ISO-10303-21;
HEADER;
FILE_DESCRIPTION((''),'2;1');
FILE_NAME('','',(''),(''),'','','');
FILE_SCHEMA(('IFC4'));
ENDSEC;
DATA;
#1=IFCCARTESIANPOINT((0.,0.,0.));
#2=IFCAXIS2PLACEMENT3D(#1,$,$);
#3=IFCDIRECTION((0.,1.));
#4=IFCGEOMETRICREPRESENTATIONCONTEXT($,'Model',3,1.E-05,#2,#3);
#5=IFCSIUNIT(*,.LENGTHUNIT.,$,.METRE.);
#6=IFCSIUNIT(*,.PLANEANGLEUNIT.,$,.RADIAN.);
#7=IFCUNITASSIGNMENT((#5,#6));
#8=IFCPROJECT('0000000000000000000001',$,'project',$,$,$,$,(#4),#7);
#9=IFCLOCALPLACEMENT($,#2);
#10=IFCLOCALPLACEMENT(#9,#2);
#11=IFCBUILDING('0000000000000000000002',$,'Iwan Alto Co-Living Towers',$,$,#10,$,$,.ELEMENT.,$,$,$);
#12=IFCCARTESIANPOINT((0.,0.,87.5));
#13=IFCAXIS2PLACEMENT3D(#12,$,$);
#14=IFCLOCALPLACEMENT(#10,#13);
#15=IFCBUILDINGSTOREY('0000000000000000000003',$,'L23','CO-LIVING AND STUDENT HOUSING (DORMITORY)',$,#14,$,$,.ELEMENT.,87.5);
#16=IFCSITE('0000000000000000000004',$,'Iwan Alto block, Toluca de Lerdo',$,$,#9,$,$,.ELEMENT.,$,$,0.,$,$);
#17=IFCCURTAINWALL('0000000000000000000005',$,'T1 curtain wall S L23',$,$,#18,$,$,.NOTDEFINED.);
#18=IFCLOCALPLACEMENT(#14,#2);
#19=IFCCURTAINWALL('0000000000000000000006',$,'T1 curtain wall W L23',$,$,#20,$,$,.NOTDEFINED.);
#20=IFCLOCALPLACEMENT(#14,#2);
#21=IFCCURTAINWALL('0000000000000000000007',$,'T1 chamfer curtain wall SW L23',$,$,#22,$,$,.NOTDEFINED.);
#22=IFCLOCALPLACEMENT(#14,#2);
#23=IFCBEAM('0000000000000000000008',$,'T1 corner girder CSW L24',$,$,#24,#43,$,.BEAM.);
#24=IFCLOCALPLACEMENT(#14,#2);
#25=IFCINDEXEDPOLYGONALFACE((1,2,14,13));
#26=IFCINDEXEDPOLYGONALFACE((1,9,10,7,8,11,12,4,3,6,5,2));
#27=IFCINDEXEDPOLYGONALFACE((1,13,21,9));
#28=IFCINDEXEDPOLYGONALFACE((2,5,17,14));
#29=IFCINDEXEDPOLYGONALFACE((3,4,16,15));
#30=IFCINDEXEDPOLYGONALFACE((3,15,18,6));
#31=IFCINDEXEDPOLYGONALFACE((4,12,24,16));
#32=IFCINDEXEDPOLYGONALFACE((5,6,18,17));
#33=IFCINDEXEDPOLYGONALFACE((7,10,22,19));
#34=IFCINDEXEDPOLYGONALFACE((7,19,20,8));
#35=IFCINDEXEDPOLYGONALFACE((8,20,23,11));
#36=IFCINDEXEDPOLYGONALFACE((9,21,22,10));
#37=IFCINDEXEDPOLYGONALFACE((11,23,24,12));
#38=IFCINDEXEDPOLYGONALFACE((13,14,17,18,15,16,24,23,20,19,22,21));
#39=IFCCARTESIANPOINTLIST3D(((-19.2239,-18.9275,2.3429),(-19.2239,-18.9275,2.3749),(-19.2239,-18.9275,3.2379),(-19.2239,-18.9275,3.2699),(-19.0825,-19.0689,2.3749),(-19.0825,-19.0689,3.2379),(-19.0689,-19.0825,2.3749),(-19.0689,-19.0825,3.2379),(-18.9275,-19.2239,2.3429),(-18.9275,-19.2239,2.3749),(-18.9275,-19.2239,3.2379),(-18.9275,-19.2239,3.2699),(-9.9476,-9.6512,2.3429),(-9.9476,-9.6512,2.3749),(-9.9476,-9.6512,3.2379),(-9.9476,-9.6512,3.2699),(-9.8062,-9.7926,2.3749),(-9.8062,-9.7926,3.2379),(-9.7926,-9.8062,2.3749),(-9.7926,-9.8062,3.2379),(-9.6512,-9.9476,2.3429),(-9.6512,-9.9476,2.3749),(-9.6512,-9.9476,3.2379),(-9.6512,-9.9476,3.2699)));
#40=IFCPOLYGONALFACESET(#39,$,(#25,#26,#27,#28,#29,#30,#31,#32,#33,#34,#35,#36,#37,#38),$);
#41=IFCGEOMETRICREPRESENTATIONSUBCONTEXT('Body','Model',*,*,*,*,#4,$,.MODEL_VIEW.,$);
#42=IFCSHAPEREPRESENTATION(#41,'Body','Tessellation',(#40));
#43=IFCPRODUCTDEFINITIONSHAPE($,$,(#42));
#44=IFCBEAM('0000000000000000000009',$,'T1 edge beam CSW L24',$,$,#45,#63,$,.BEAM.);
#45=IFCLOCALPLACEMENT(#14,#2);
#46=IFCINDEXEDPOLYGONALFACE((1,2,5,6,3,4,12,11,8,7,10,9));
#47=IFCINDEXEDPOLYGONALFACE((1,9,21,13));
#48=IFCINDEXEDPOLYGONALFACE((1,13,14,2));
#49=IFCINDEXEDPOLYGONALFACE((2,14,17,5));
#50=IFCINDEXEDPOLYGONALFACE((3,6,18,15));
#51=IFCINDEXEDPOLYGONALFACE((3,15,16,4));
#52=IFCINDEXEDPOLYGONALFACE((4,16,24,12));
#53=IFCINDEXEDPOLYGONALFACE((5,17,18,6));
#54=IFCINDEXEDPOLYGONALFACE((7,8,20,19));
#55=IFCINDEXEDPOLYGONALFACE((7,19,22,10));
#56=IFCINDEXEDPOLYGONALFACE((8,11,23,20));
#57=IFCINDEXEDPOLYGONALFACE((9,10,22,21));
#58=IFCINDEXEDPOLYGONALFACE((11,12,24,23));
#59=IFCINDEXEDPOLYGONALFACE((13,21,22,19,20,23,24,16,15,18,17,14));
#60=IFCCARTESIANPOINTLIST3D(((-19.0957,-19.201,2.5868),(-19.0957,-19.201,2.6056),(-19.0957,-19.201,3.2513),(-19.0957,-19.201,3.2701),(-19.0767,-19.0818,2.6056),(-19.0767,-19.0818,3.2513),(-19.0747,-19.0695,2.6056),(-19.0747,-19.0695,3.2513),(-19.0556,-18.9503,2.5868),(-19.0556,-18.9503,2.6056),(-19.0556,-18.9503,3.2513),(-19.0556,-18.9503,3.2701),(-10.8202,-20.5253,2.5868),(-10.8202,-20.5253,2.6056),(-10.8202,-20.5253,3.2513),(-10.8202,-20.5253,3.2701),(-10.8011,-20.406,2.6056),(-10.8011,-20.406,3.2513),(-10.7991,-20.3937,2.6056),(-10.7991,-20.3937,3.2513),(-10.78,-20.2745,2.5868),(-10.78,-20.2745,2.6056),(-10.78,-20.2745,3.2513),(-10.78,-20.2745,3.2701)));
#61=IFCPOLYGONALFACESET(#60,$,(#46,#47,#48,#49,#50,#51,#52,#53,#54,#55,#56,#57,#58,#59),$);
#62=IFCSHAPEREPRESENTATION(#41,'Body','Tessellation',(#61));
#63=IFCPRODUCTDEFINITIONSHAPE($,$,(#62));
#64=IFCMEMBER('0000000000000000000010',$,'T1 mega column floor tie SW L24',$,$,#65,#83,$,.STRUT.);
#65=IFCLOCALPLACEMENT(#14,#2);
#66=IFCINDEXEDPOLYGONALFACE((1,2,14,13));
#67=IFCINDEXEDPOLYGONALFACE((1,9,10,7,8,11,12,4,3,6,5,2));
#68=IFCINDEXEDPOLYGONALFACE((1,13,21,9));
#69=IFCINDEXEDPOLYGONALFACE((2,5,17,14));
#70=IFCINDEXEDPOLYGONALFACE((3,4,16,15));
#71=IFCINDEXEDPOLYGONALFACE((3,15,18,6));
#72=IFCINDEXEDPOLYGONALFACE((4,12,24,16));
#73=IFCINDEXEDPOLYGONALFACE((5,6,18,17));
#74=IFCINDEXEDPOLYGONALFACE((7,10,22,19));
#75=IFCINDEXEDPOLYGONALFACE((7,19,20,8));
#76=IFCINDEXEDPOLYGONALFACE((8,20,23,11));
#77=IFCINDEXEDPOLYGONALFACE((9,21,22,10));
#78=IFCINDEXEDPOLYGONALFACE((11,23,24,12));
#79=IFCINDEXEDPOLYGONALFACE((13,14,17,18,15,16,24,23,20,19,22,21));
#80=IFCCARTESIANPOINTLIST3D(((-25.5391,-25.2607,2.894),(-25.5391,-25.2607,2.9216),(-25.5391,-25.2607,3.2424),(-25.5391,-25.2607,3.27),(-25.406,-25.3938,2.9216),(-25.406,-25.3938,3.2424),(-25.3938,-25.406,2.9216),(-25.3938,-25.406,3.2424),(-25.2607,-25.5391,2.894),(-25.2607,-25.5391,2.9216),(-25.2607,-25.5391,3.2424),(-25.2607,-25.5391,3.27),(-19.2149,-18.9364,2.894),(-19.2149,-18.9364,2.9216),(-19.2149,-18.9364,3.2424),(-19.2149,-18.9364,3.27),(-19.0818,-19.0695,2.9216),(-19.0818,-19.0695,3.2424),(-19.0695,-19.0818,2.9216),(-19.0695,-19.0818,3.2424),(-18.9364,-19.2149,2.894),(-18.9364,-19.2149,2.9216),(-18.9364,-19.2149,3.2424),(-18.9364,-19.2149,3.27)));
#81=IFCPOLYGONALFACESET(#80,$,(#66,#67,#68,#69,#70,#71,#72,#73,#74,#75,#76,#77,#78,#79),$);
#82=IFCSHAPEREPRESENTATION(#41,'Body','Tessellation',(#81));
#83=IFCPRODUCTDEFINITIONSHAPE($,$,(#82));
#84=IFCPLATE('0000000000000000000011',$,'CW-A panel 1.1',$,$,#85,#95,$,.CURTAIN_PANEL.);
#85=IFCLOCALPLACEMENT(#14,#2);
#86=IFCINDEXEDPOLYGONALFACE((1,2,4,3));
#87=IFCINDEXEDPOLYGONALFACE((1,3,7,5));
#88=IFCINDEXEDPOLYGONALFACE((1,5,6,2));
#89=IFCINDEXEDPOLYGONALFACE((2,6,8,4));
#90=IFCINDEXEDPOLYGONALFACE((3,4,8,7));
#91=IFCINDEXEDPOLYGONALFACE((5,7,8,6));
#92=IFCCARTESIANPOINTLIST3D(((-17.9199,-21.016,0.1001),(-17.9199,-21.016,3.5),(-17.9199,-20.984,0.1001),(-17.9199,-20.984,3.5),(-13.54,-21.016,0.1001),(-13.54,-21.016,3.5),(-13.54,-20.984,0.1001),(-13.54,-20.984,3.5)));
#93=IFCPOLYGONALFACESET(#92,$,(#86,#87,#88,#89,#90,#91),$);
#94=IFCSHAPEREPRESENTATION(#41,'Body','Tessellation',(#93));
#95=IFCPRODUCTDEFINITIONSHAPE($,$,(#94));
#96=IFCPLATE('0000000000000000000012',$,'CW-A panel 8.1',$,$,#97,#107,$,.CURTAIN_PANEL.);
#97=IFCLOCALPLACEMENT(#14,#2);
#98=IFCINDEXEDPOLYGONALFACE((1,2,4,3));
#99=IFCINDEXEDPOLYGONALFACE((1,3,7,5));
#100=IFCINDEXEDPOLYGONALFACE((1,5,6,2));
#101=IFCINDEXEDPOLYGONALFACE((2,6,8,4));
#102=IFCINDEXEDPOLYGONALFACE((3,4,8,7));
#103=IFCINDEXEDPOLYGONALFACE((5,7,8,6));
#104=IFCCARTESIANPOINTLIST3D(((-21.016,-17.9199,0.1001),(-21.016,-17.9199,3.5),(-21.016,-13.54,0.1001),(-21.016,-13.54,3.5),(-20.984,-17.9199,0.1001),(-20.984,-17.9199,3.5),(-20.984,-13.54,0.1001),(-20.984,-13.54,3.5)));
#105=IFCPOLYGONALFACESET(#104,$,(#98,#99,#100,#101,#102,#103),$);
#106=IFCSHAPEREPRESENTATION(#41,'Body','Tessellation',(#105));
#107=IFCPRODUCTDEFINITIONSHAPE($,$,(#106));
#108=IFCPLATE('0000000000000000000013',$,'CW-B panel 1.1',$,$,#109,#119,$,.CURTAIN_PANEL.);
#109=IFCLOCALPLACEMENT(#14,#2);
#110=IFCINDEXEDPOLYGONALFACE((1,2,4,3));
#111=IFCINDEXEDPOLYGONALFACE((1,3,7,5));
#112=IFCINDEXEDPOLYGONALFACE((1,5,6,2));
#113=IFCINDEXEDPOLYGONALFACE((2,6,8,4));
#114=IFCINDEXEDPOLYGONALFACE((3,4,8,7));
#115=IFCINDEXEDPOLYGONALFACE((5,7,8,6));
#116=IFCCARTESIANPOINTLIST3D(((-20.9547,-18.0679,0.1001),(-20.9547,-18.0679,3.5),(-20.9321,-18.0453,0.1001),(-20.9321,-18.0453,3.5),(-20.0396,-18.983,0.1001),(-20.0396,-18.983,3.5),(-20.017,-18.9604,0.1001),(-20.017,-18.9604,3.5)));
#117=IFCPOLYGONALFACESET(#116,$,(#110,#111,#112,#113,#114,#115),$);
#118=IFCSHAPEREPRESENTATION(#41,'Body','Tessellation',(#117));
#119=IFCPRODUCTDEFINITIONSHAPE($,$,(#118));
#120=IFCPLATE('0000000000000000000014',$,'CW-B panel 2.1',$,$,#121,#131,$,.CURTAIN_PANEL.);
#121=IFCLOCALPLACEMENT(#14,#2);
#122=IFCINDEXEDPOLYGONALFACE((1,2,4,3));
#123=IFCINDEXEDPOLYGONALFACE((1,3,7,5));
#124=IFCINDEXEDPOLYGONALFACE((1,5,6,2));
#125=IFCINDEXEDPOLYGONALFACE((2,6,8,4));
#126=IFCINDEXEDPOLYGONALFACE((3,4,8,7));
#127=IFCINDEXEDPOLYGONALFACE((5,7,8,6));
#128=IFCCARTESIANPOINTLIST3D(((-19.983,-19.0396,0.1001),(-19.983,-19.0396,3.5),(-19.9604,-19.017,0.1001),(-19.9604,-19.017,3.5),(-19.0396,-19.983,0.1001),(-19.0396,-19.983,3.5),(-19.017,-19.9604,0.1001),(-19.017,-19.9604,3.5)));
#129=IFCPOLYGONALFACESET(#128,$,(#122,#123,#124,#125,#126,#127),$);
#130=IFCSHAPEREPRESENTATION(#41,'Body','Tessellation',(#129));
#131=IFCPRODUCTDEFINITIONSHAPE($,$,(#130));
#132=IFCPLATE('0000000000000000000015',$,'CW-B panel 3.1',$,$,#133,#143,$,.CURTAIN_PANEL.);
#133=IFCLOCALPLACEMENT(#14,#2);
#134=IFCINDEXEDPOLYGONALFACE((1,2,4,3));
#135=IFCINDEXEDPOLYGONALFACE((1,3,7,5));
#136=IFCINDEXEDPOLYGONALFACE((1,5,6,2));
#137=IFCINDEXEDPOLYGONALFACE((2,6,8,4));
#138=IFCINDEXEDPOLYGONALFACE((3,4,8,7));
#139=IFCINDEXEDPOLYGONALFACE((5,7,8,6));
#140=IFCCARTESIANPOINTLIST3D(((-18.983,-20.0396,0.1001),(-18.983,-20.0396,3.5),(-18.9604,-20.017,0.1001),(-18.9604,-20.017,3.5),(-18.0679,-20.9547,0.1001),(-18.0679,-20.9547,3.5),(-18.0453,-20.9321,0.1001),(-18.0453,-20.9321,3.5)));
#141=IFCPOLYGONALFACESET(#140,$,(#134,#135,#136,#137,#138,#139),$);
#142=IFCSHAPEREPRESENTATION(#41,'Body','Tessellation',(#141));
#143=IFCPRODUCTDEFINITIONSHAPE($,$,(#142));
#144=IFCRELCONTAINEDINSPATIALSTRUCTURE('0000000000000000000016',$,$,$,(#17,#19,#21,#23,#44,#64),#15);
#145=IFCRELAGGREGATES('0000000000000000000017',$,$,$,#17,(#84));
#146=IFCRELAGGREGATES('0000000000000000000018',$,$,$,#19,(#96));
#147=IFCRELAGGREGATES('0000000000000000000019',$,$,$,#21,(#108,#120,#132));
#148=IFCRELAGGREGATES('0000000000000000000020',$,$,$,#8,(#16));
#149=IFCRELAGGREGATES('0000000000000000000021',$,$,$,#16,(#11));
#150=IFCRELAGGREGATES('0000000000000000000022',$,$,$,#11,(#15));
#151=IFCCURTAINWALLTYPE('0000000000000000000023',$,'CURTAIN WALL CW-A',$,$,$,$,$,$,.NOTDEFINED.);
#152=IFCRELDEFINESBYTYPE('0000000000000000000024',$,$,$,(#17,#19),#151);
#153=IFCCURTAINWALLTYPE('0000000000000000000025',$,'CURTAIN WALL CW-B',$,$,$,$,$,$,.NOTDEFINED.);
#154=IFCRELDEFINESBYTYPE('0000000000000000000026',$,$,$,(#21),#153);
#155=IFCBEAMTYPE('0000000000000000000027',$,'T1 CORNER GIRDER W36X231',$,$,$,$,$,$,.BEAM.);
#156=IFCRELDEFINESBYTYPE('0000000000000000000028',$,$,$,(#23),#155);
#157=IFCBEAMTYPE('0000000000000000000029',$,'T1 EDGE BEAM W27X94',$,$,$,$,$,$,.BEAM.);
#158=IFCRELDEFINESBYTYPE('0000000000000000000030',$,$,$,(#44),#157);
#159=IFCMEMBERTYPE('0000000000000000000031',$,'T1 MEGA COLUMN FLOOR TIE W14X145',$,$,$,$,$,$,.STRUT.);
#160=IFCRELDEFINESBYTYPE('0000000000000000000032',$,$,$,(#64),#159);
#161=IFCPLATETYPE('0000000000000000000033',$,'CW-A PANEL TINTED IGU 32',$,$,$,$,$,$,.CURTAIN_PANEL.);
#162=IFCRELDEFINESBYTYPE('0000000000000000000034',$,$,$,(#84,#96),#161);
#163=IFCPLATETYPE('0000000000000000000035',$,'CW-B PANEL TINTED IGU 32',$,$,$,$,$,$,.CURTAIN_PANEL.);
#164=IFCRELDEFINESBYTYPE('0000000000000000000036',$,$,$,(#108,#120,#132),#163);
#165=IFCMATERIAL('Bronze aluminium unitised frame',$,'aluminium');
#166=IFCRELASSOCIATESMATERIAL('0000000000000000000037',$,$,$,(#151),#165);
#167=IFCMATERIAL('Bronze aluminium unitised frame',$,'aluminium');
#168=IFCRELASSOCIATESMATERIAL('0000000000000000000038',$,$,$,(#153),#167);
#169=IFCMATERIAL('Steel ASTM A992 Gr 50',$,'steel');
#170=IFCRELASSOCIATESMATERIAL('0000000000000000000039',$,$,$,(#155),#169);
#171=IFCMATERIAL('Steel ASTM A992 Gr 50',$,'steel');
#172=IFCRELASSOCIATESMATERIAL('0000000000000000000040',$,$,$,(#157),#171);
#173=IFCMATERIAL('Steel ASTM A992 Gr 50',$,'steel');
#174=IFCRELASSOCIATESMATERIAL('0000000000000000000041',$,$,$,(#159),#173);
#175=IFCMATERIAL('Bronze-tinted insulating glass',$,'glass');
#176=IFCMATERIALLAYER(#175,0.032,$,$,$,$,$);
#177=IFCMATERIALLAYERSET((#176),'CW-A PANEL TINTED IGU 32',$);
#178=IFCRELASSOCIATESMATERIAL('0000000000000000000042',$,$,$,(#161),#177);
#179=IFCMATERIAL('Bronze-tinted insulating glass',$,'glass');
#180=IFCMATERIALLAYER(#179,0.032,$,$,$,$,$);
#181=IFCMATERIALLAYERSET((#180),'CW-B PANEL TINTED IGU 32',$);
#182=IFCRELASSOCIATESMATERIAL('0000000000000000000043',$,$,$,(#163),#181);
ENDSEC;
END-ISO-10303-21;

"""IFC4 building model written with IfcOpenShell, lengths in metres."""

from ifc_helpers import new_model, si_unit, direction, frame, origin, origin_2d, place, context, subcontext, project, spatial, rectangle, i_section, extrude, material, layer, layer_set, material_profile, profile_set, type_object, element, aggregate, save


model = new_model("IFC4")

# Units and contexts
model_context = context("Model", 3, precision=1e-05, world=origin(), true_north=direction((0.0, 1.0)))
body_context = subcontext(model_context, "Body", "Model", "MODEL_VIEW")
ifc_project = project(units=[si_unit("LENGTHUNIT", "METRE"), si_unit("PLANEANGLEUNIT", "RADIAN")], contexts=[model_context])

# Site, building, storey
site_placement = place(None, origin())
site = spatial("IfcSite", under=ifc_project, at=site_placement, Name="Iwan Alto block, Toluca de Lerdo", CompositionType="ELEMENT", RefElevation=0.0)
building_placement = place(site_placement, origin())
building = spatial("IfcBuilding", under=site, at=building_placement, Name="Iwan Alto Co-Living Towers", CompositionType="ELEMENT")
storey_placement = place(building_placement, frame((0.0, 0.0, 87.5)))
storey = spatial("IfcBuildingStorey", under=building, at=storey_placement, Name="L23", Description="CO-LIVING AND STUDENT HOUSING (DORMITORY)", CompositionType="ELEMENT", Elevation=87.5)

# Curtain walls
ifc_material_1 = material(Name="Bronze aluminium unitised frame", Category="aluminium")
curtain_wall_type_1 = type_object("IfcCurtainWallType", Name="CURTAIN WALL CW-A", PredefinedType="NOTDEFINED", material=ifc_material_1)
curtain_wall_1_placement = place(storey_placement, origin())
curtain_wall_1 = element("IfcCurtainWall", 1, at=curtain_wall_1_placement, inside=storey, type_object=curtain_wall_type_1, Name="T1 curtain wall S L23", PredefinedType="NOTDEFINED")
curtain_wall_2_placement = place(storey_placement, origin())
curtain_wall_2 = element("IfcCurtainWall", 2, at=curtain_wall_2_placement, inside=storey, type_object=curtain_wall_type_1, Name="T1 curtain wall W L23", PredefinedType="NOTDEFINED")

# Curtain wall
ifc_material_2 = material(Name="Bronze aluminium unitised frame", Category="aluminium")
curtain_wall_type_2 = type_object("IfcCurtainWallType", Name="CURTAIN WALL CW-B", PredefinedType="NOTDEFINED", material=ifc_material_2)
curtain_wall_3_placement = place(storey_placement, origin())
curtain_wall_3 = element("IfcCurtainWall", 3, at=curtain_wall_3_placement, inside=storey, type_object=curtain_wall_type_2, Name="T1 chamfer curtain wall SW L23", PredefinedType="NOTDEFINED")

# Beams
ifc_material_3 = material(Name="Steel ASTM A992 Gr 50", Category="steel")
ifc_material_profile_1 = material_profile(ifc_material_3, i_section(OverallWidth=0.4192, OverallDepth=0.927, WebThickness=0.0193, FlangeThickness=0.032, at=origin_2d()), Name="W36X231")
ifc_profile_set_1 = profile_set([ifc_material_profile_1], Name="Steel ASTM A992 Gr 50")
beam_type_1 = type_object("IfcBeamType", Name="T1 CORNER GIRDER W36X231", PredefinedType="BEAM", material=ifc_profile_set_1)
beam_1_placement = place(storey_placement, frame((-19.0757, -19.0757, 2.8064), z_axis=(0.707107, 0.707107, 0.0), x_axis=(-0.707107, 0.707107, 0.0)))
element("IfcBeam", 4, at=beam_1_placement, inside=storey, type_object=beam_type_1, Name="T1 corner girder CSW L24", PredefinedType="BEAM", context=body_context, shape_type="SweptSolid", body=[
    extrude(i_section(OverallWidth=0.4192, OverallDepth=0.927, WebThickness=0.0193, FlangeThickness=0.032, at=origin_2d()), origin(), (0.0, 0.0, 1.0), 13.1187),
])
ifc_material_4 = material(Name="Steel ASTM A992 Gr 50", Category="steel")
ifc_material_profile_2 = material_profile(ifc_material_4, i_section(OverallWidth=0.2539, OverallDepth=0.6833, WebThickness=0.0125, FlangeThickness=0.0188, at=origin_2d()), Name="W27X94")
ifc_profile_set_2 = profile_set([ifc_material_profile_2], Name="Steel ASTM A992 Gr 50")
beam_type_2 = type_object("IfcBeamType", Name="T1 EDGE BEAM W27X94", PredefinedType="BEAM", material=ifc_profile_set_2)
beam_2_placement = place(storey_placement, frame((-19.0757, -19.0757, 2.9285), z_axis=(0.987438, -0.158004, 0.0), x_axis=(0.158004, 0.987438, 0.0)))
element("IfcBeam", 5, at=beam_2_placement, inside=storey, type_object=beam_type_2, Name="T1 edge beam CSW L24", PredefinedType="BEAM", context=body_context, shape_type="SweptSolid", body=[
    extrude(i_section(OverallWidth=0.2539, OverallDepth=0.6833, WebThickness=0.0125, FlangeThickness=0.0188, at=origin_2d()), origin(), (0.0, 0.0, 1.0), 8.3809),
])

# Member
ifc_material_5 = material(Name="Steel ASTM A992 Gr 50", Category="steel")
ifc_material_profile_3 = material_profile(ifc_material_5, i_section(OverallWidth=0.3938, OverallDepth=0.376, WebThickness=0.0173, FlangeThickness=0.0276, at=origin_2d()), Name="W14X145")
ifc_profile_set_3 = profile_set([ifc_material_profile_3], Name="Steel ASTM A992 Gr 50")
member_type_1 = type_object("IfcMemberType", Name="T1 MEGA COLUMN FLOOR TIE W14X145", PredefinedType="STRUT", material=ifc_profile_set_3)
member_1_placement = place(storey_placement, frame((-25.3999, -25.3999, 3.082), z_axis=(0.707107, 0.707107, 0.0), x_axis=(-0.707107, 0.707107, 0.0)))
element("IfcMember", 6, at=member_1_placement, inside=storey, type_object=member_type_1, Name="T1 mega column floor tie SW L24", PredefinedType="STRUT", context=body_context, shape_type="SweptSolid", body=[
    extrude(i_section(OverallWidth=0.3938, OverallDepth=0.376, WebThickness=0.0173, FlangeThickness=0.0276, at=origin_2d()), origin(), (0.0, 0.0, 1.0), 8.9438),
])

# Plates
ifc_material_6 = material(Name="Bronze-tinted insulating glass", Category="glass")
ifc_layer_1 = layer(ifc_material_6, 0.032)
ifc_layer_set_1 = layer_set([ifc_layer_1], Name="CW-A PANEL TINTED IGU 32")
plate_type_1 = type_object("IfcPlateType", Name="CW-A PANEL TINTED IGU 32", PredefinedType="CURTAIN_PANEL", material=ifc_layer_set_1)
plate_1_placement = place(storey_placement, frame((-15.73, -21.0, 0.1001), z_axis=(0.0, 0.0, 1.0), x_axis=(1.0, 0.0, 0.0)))
plate_1 = element("IfcPlate", 7, at=plate_1_placement, type_object=plate_type_1, Name="CW-A panel 1.1", PredefinedType="CURTAIN_PANEL", context=body_context, shape_type="SweptSolid", body=[
    extrude(rectangle(XDim=4.3799, YDim=0.032, at=origin_2d()), origin(), (0.0, 0.0, 1.0), 3.3999),
])
aggregate(curtain_wall_1, [plate_1])
plate_2_placement = place(storey_placement, frame((-21.0, -15.73, 0.1001), z_axis=(0.0, 0.0, 1.0), x_axis=(0.0, -1.0, 0.0)))
plate_2 = element("IfcPlate", 8, at=plate_2_placement, type_object=plate_type_1, Name="CW-A panel 8.1", PredefinedType="CURTAIN_PANEL", context=body_context, shape_type="SweptSolid", body=[
    extrude(rectangle(XDim=4.3799, YDim=0.032, at=origin_2d()), origin(), (0.0, 0.0, 1.0), 3.3999),
])
aggregate(curtain_wall_2, [plate_2])
ifc_material_7 = material(Name="Bronze-tinted insulating glass", Category="glass")
ifc_layer_2 = layer(ifc_material_7, 0.032)
ifc_layer_set_2 = layer_set([ifc_layer_2], Name="CW-B PANEL TINTED IGU 32")
plate_type_2 = type_object("IfcPlateType", Name="CW-B PANEL TINTED IGU 32", PredefinedType="CURTAIN_PANEL", material=ifc_layer_set_2)
plate_3_placement = place(storey_placement, frame((-20.4858, -18.5142, 0.1001), z_axis=(0.0, 0.0, 1.0), x_axis=(0.707107, -0.707107, 0.0)))
plate_3 = element("IfcPlate", 9, at=plate_3_placement, type_object=plate_type_2, Name="CW-B panel 1.1", PredefinedType="CURTAIN_PANEL", context=body_context, shape_type="SweptSolid", body=[
    extrude(rectangle(XDim=1.2942, YDim=0.032, at=origin_2d()), origin(), (0.0, 0.0, 1.0), 3.3999),
])
plate_4_placement = place(storey_placement, frame((-19.5, -19.5, 0.1001), z_axis=(0.0, 0.0, 1.0), x_axis=(0.707107, -0.707107, 0.0)))
plate_4 = element("IfcPlate", 10, at=plate_4_placement, type_object=plate_type_2, Name="CW-B panel 2.1", PredefinedType="CURTAIN_PANEL", context=body_context, shape_type="SweptSolid", body=[
    extrude(rectangle(XDim=1.3342, YDim=0.032, at=origin_2d()), origin(), (0.0, 0.0, 1.0), 3.3999),
])
plate_5_placement = place(storey_placement, frame((-18.5142, -20.4858, 0.1001), z_axis=(0.0, 0.0, 1.0), x_axis=(0.707107, -0.707107, 0.0)))
plate_5 = element("IfcPlate", 11, at=plate_5_placement, type_object=plate_type_2, Name="CW-B panel 3.1", PredefinedType="CURTAIN_PANEL", context=body_context, shape_type="SweptSolid", body=[
    extrude(rectangle(XDim=1.2942, YDim=0.032, at=origin_2d()), origin(), (0.0, 0.0, 1.0), 3.3999),
])
aggregate(curtain_wall_3, [plate_3, plate_4, plate_5])

save(model, "model.ifc")
